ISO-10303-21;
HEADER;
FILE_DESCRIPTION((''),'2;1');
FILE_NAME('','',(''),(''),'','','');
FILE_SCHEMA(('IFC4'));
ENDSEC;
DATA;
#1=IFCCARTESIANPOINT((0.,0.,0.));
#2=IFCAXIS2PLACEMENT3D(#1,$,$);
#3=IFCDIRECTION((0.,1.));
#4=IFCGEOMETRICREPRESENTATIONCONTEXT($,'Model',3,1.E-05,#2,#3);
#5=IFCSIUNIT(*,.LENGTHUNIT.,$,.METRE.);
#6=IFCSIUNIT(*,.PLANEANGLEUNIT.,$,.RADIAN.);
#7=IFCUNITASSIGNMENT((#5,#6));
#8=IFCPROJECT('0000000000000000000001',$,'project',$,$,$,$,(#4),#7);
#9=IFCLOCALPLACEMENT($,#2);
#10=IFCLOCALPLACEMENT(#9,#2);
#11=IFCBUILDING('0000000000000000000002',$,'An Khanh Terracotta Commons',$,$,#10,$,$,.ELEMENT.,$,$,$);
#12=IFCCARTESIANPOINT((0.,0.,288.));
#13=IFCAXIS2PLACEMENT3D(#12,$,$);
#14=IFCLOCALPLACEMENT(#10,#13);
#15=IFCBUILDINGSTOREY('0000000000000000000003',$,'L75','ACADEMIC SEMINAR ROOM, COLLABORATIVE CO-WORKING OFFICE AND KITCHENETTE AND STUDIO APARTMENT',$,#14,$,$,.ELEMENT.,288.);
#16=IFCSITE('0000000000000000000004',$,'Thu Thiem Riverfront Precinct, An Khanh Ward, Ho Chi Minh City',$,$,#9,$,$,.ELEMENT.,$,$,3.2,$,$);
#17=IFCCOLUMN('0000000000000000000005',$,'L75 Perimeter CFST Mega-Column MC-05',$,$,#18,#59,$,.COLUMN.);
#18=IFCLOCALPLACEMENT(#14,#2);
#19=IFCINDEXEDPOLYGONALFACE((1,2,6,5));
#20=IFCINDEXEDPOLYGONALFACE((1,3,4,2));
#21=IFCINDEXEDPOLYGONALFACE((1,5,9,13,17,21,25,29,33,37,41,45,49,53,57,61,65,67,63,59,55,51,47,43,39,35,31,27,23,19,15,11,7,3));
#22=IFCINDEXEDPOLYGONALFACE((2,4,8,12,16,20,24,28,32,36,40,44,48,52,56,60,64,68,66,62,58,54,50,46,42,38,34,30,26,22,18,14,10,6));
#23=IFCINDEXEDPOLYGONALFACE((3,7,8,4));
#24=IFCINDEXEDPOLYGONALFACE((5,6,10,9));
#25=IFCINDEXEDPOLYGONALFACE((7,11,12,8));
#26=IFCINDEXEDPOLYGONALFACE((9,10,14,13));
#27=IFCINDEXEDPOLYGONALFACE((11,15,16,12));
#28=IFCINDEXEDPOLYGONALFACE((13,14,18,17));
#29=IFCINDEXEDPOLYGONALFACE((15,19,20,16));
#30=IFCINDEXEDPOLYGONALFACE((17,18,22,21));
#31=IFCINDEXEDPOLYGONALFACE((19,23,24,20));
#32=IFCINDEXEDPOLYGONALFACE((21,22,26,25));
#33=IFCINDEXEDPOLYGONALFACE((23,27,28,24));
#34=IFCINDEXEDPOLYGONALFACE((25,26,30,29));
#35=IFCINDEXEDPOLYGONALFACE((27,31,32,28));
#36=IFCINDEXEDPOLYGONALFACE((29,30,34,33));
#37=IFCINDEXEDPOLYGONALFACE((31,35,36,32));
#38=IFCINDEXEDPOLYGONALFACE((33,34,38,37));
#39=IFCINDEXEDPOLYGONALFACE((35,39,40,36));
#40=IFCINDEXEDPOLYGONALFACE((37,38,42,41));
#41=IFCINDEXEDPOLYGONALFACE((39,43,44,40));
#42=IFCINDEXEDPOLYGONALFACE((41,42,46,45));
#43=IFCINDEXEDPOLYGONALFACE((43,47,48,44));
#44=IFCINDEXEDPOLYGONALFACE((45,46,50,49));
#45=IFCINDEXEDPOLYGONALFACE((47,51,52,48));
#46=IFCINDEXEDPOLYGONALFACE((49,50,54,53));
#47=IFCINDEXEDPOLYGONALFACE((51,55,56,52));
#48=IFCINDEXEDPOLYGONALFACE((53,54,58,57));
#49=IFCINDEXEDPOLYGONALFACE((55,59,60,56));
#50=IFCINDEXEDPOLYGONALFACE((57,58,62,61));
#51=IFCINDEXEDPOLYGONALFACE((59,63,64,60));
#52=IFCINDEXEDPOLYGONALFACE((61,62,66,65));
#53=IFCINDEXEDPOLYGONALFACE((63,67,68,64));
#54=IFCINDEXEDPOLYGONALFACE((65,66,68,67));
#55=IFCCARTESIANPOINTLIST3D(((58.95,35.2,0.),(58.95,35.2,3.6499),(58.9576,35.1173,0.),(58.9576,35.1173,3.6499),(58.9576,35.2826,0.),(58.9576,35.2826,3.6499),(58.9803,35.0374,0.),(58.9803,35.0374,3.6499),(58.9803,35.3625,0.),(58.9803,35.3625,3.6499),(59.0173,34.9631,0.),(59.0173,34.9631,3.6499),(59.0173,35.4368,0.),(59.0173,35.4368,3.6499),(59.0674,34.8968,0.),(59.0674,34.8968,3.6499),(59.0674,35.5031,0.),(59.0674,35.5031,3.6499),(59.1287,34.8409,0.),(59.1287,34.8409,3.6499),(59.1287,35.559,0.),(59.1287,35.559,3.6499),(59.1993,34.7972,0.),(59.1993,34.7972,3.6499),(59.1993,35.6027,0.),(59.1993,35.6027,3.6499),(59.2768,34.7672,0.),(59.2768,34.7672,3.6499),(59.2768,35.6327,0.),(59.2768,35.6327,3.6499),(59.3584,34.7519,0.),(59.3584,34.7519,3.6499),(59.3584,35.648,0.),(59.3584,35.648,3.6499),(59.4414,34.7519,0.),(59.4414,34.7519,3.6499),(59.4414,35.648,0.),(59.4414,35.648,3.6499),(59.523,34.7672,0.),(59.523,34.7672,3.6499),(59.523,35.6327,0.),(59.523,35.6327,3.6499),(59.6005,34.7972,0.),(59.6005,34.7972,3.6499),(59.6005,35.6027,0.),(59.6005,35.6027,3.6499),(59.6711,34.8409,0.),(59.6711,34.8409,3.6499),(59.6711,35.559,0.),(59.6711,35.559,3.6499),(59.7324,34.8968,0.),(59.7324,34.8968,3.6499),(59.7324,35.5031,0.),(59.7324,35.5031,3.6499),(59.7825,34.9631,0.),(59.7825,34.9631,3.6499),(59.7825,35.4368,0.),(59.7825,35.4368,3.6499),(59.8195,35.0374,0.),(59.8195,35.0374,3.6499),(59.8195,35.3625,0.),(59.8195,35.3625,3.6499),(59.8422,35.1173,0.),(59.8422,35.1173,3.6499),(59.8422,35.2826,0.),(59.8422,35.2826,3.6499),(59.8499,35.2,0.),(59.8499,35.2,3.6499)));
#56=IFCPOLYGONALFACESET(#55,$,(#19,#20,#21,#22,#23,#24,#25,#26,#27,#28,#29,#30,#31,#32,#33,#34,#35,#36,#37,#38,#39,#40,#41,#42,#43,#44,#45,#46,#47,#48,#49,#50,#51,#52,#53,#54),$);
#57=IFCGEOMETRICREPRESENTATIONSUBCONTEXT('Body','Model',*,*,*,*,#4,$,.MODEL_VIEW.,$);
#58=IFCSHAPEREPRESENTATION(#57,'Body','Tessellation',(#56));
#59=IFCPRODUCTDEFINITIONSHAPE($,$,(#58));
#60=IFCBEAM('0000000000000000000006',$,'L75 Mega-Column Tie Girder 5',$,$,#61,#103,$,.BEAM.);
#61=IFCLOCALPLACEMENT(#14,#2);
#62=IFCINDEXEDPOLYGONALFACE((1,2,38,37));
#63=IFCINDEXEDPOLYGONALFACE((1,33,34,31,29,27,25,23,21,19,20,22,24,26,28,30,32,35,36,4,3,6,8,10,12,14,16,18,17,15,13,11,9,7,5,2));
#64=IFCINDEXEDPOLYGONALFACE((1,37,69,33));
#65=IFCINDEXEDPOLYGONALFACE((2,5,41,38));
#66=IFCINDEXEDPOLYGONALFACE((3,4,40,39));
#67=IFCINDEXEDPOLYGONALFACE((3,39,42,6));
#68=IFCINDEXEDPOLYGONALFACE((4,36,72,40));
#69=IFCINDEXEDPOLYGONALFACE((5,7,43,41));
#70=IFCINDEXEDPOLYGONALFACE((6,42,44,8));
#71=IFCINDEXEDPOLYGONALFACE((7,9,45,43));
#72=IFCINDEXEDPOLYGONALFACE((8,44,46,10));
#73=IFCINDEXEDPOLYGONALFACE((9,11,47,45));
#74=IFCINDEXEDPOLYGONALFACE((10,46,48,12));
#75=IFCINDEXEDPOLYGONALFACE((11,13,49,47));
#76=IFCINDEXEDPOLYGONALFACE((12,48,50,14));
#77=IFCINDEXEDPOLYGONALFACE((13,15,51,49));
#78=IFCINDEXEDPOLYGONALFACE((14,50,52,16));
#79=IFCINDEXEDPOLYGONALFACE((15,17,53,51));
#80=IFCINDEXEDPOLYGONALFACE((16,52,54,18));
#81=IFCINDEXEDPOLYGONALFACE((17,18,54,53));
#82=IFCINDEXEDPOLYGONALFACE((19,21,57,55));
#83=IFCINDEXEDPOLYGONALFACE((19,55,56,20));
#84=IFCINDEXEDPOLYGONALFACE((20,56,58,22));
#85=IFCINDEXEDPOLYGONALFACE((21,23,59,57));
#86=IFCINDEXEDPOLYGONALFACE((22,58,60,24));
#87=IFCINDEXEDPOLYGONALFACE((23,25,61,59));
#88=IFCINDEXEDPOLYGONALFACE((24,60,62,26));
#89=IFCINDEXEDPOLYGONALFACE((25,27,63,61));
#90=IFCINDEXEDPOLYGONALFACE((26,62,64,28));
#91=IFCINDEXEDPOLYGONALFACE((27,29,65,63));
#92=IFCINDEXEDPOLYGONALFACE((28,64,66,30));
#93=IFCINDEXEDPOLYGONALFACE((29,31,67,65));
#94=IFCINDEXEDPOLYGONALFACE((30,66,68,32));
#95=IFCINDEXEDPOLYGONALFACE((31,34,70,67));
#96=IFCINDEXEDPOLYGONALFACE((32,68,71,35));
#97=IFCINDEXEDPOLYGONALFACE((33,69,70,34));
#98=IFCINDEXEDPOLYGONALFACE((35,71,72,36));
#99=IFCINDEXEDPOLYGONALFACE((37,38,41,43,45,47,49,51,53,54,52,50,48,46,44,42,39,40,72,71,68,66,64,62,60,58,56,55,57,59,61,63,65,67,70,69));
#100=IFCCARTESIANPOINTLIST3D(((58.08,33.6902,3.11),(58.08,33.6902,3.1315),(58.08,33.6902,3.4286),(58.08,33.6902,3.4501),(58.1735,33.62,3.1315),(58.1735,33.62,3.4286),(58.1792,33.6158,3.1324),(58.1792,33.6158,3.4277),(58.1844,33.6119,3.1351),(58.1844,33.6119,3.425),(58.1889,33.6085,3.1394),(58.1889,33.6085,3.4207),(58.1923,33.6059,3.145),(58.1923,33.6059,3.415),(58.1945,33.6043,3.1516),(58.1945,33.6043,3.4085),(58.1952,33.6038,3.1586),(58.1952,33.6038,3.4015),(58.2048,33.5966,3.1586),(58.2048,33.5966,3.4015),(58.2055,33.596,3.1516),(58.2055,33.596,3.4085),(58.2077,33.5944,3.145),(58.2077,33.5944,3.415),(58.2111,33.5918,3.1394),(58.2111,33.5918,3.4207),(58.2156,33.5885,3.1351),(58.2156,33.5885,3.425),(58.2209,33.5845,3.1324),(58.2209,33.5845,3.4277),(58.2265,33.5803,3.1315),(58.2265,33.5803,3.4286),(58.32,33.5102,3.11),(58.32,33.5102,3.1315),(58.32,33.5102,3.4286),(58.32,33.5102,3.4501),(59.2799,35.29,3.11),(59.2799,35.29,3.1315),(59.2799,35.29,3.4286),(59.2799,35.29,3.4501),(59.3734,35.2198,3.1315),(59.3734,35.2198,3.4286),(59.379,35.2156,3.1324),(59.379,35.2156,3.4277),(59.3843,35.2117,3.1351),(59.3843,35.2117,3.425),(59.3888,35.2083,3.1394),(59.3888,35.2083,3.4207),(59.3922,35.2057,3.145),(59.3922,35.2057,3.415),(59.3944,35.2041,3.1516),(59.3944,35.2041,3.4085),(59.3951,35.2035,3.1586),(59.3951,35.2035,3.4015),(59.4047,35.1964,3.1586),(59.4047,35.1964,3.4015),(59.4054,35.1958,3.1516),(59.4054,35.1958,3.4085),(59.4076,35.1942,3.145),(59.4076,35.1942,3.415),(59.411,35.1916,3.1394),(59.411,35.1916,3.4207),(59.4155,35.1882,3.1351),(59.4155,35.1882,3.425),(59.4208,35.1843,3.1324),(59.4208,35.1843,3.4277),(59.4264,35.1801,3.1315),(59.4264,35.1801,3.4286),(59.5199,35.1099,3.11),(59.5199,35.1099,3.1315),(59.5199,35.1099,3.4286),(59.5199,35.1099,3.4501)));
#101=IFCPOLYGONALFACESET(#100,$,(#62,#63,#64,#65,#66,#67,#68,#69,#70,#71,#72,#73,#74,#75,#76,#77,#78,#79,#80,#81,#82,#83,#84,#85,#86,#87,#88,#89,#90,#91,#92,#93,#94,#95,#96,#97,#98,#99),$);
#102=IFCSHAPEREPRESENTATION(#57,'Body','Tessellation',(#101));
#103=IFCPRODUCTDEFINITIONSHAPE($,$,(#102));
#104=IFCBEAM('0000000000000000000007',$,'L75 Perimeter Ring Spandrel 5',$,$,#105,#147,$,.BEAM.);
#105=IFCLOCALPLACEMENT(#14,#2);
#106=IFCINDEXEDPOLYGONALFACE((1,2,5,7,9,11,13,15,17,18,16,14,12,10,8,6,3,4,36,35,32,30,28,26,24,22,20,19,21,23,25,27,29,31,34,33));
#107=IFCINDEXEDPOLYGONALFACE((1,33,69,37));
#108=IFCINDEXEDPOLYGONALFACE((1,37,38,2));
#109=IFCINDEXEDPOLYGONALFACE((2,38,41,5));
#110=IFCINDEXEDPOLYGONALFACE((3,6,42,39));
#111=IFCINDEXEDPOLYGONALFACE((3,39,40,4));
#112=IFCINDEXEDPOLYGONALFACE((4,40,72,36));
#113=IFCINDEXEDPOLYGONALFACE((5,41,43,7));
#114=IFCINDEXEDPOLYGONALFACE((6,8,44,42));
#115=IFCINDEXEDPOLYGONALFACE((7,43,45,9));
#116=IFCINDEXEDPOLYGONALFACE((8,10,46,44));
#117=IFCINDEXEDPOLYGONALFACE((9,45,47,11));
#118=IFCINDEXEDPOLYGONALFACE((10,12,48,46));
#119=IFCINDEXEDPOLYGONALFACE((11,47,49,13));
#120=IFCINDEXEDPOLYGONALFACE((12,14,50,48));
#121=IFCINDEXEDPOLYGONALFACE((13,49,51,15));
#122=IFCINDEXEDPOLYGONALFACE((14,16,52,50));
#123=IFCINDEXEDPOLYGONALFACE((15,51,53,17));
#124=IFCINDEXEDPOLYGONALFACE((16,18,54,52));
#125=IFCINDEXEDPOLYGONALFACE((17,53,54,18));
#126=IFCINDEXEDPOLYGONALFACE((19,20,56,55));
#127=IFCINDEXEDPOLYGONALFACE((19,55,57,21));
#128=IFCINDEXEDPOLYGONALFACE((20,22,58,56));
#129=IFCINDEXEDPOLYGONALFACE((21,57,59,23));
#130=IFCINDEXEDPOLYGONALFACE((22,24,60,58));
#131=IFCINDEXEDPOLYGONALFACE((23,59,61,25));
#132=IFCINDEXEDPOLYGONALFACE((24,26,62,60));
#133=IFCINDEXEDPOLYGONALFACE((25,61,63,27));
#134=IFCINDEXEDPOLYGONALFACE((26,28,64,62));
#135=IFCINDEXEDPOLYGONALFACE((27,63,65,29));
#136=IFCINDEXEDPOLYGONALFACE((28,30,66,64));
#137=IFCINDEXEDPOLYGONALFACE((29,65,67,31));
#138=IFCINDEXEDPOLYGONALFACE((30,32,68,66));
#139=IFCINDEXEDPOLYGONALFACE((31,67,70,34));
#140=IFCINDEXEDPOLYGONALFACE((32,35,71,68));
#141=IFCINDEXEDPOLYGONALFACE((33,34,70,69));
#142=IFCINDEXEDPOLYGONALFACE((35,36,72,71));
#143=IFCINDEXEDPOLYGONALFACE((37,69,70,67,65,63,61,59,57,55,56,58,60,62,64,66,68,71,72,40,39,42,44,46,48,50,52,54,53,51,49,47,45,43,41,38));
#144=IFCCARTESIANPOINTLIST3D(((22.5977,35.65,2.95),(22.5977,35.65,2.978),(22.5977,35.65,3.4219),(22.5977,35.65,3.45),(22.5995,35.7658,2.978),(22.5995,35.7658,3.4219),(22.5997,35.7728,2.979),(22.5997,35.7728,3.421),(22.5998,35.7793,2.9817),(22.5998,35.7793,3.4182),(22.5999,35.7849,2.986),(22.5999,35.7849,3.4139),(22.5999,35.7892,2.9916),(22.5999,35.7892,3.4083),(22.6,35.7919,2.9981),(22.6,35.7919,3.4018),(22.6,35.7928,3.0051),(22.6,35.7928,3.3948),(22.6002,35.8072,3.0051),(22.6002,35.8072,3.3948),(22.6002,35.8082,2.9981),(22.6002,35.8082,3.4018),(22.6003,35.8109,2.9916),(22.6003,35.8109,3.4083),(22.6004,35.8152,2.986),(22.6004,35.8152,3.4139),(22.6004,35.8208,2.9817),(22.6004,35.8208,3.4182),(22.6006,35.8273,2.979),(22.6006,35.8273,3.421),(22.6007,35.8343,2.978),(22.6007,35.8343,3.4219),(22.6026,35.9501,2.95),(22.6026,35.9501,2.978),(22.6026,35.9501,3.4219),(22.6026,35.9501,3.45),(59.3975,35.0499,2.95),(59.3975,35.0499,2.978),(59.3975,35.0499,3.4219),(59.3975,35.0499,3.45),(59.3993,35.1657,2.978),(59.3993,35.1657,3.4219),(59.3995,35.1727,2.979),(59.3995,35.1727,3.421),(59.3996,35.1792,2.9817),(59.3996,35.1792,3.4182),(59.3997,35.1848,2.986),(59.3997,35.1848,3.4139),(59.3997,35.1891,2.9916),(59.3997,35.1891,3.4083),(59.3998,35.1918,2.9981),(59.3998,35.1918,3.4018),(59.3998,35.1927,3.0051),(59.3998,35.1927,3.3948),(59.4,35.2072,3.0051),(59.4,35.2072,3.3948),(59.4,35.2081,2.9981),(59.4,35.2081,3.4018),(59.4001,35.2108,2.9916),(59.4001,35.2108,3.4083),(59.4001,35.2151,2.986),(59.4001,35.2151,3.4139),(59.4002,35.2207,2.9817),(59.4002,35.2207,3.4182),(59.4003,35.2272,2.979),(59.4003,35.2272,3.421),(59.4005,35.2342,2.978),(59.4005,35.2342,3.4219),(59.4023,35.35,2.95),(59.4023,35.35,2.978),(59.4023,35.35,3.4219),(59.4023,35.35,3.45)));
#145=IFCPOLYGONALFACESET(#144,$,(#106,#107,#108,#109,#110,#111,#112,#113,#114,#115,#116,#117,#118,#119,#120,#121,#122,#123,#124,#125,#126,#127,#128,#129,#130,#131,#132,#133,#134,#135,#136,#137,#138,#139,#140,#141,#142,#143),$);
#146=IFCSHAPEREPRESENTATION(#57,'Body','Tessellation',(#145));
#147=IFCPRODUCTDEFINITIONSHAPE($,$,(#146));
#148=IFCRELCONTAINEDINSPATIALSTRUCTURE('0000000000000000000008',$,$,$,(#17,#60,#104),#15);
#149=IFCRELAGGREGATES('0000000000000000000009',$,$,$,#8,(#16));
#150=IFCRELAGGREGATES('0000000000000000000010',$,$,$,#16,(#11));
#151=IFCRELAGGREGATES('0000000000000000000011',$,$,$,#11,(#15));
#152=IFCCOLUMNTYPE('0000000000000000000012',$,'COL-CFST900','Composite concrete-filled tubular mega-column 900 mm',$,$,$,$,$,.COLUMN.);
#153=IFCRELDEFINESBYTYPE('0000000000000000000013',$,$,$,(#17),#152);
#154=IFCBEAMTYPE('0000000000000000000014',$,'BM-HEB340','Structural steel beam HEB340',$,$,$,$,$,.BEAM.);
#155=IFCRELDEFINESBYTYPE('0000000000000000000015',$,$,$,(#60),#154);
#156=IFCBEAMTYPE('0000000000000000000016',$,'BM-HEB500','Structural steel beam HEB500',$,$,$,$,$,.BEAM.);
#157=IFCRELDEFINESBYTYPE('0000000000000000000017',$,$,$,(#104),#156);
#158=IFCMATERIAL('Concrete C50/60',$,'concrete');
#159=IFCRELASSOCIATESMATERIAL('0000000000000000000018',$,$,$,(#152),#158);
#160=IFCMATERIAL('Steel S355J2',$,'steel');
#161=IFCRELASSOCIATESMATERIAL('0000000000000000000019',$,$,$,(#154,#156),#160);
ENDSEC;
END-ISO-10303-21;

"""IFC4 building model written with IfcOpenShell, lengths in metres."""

from ifc_helpers import new_model, si_unit, direction, frame, origin, origin_2d, place, context, subcontext, project, spatial, circle, i_section, extrude, material, material_profile, profile_set, type_object, element, save


model = new_model("IFC4")

# Units and contexts
model_context = context("Model", 3, precision=1e-05, world=origin(), true_north=direction((0.0, 1.0)))
body_context = subcontext(model_context, "Body", "Model", "MODEL_VIEW")
ifc_project = project(units=[si_unit("LENGTHUNIT", "METRE"), si_unit("PLANEANGLEUNIT", "RADIAN")], contexts=[model_context])

# Site, building, storey
site_placement = place(None, origin())
site = spatial("IfcSite", under=ifc_project, at=site_placement, Name="Thu Thiem Riverfront Precinct, An Khanh Ward, Ho Chi Minh City", CompositionType="ELEMENT", RefElevation=3.2)
building_placement = place(site_placement, origin())
building = spatial("IfcBuilding", under=site, at=building_placement, Name="An Khanh Terracotta Commons", CompositionType="ELEMENT")
storey_placement = place(building_placement, frame((0.0, 0.0, 288.0)))
storey = spatial("IfcBuildingStorey", under=building, at=storey_placement, Name="L75", Description="ACADEMIC SEMINAR ROOM, COLLABORATIVE CO-WORKING OFFICE AND KITCHENETTE AND STUDIO APARTMENT", CompositionType="ELEMENT", Elevation=288.0)

# Column
ifc_material_1 = material(Name="Concrete C50/60", Category="concrete")
ifc_material_profile_1 = material_profile(ifc_material_1, circle(Radius=0.45, at=origin_2d()), Name="CFST900")
ifc_profile_set_1 = profile_set([ifc_material_profile_1], Name="Concrete C50/60")
column_type = type_object("IfcColumnType", Name="COL-CFST900", Description="Composite concrete-filled tubular mega-column 900 mm", PredefinedType="COLUMN", material=ifc_profile_set_1)
column_placement = place(storey_placement, frame((59.3999, 35.2, 0.0), z_axis=(0.0, 0.0, 1.0), x_axis=(1.0, 0.0, 0.0)))
element("IfcColumn", 1, at=column_placement, inside=storey, type_object=column_type, Name="L75 Perimeter CFST Mega-Column MC-05", PredefinedType="COLUMN", context=body_context, shape_type="SweptSolid", body=[
    extrude(circle(Radius=0.45, at=origin_2d()), origin(), (0.0, 0.0, 1.0), 3.6499),
])

# Beams
ifc_material_2 = material(Name="Steel S355J2", Category="steel")
ifc_material_profile_2 = material_profile(ifc_material_2, i_section(OverallWidth=0.3, OverallDepth=0.3401, WebThickness=0.012, FlangeThickness=0.0215, FilletRadius=0.0271, at=origin_2d()), Name="HEB340")
ifc_profile_set_2 = profile_set([ifc_material_profile_2], Name="Steel S355J2")
beam_type_1 = type_object("IfcBeamType", Name="BM-HEB340", Description="Structural steel beam HEB340", PredefinedType="BEAM", material=ifc_profile_set_2)
beam_1_placement = place(storey_placement, frame((59.3999, 35.2, 3.28), z_axis=(-0.60002, -0.799985, 0.0), x_axis=(0.799985, -0.60002, 0.0)))
element("IfcBeam", 2, at=beam_1_placement, inside=storey, type_object=beam_type_1, Name="L75 Mega-Column Tie Girder 5", PredefinedType="BEAM", context=body_context, shape_type="SweptSolid", body=[
    extrude(i_section(OverallWidth=0.3, OverallDepth=0.3401, WebThickness=0.012, FlangeThickness=0.0215, FilletRadius=0.0271, at=origin_2d()), origin(), (0.0, 0.0, 1.0), 1.9998),
])
ifc_material_profile_3 = material_profile(ifc_material_2, i_section(OverallWidth=0.3, OverallDepth=0.5, WebThickness=0.0144, FlangeThickness=0.0281, FilletRadius=0.0271, at=origin_2d()), Name="HEB500")
ifc_profile_set_3 = profile_set([ifc_material_profile_3], Name="Steel S355J2")
beam_type_2 = type_object("IfcBeamType", Name="BM-HEB500", Description="Structural steel beam HEB500", PredefinedType="BEAM", material=ifc_profile_set_3)
beam_2_placement = place(storey_placement, frame((59.3999, 35.2, 3.2), z_axis=(-0.999867, 0.016305, 0.0), x_axis=(-0.016305, -0.999867, 0.0)))
element("IfcBeam", 3, at=beam_2_placement, inside=storey, type_object=beam_type_2, Name="L75 Perimeter Ring Spandrel 5", PredefinedType="BEAM", context=body_context, shape_type="SweptSolid", body=[
    extrude(i_section(OverallWidth=0.3, OverallDepth=0.5, WebThickness=0.0144, FlangeThickness=0.0281, FilletRadius=0.0271, at=origin_2d()), origin(), (0.0, 0.0, 1.0), 36.8047),
])

save(model, "model.ifc")
